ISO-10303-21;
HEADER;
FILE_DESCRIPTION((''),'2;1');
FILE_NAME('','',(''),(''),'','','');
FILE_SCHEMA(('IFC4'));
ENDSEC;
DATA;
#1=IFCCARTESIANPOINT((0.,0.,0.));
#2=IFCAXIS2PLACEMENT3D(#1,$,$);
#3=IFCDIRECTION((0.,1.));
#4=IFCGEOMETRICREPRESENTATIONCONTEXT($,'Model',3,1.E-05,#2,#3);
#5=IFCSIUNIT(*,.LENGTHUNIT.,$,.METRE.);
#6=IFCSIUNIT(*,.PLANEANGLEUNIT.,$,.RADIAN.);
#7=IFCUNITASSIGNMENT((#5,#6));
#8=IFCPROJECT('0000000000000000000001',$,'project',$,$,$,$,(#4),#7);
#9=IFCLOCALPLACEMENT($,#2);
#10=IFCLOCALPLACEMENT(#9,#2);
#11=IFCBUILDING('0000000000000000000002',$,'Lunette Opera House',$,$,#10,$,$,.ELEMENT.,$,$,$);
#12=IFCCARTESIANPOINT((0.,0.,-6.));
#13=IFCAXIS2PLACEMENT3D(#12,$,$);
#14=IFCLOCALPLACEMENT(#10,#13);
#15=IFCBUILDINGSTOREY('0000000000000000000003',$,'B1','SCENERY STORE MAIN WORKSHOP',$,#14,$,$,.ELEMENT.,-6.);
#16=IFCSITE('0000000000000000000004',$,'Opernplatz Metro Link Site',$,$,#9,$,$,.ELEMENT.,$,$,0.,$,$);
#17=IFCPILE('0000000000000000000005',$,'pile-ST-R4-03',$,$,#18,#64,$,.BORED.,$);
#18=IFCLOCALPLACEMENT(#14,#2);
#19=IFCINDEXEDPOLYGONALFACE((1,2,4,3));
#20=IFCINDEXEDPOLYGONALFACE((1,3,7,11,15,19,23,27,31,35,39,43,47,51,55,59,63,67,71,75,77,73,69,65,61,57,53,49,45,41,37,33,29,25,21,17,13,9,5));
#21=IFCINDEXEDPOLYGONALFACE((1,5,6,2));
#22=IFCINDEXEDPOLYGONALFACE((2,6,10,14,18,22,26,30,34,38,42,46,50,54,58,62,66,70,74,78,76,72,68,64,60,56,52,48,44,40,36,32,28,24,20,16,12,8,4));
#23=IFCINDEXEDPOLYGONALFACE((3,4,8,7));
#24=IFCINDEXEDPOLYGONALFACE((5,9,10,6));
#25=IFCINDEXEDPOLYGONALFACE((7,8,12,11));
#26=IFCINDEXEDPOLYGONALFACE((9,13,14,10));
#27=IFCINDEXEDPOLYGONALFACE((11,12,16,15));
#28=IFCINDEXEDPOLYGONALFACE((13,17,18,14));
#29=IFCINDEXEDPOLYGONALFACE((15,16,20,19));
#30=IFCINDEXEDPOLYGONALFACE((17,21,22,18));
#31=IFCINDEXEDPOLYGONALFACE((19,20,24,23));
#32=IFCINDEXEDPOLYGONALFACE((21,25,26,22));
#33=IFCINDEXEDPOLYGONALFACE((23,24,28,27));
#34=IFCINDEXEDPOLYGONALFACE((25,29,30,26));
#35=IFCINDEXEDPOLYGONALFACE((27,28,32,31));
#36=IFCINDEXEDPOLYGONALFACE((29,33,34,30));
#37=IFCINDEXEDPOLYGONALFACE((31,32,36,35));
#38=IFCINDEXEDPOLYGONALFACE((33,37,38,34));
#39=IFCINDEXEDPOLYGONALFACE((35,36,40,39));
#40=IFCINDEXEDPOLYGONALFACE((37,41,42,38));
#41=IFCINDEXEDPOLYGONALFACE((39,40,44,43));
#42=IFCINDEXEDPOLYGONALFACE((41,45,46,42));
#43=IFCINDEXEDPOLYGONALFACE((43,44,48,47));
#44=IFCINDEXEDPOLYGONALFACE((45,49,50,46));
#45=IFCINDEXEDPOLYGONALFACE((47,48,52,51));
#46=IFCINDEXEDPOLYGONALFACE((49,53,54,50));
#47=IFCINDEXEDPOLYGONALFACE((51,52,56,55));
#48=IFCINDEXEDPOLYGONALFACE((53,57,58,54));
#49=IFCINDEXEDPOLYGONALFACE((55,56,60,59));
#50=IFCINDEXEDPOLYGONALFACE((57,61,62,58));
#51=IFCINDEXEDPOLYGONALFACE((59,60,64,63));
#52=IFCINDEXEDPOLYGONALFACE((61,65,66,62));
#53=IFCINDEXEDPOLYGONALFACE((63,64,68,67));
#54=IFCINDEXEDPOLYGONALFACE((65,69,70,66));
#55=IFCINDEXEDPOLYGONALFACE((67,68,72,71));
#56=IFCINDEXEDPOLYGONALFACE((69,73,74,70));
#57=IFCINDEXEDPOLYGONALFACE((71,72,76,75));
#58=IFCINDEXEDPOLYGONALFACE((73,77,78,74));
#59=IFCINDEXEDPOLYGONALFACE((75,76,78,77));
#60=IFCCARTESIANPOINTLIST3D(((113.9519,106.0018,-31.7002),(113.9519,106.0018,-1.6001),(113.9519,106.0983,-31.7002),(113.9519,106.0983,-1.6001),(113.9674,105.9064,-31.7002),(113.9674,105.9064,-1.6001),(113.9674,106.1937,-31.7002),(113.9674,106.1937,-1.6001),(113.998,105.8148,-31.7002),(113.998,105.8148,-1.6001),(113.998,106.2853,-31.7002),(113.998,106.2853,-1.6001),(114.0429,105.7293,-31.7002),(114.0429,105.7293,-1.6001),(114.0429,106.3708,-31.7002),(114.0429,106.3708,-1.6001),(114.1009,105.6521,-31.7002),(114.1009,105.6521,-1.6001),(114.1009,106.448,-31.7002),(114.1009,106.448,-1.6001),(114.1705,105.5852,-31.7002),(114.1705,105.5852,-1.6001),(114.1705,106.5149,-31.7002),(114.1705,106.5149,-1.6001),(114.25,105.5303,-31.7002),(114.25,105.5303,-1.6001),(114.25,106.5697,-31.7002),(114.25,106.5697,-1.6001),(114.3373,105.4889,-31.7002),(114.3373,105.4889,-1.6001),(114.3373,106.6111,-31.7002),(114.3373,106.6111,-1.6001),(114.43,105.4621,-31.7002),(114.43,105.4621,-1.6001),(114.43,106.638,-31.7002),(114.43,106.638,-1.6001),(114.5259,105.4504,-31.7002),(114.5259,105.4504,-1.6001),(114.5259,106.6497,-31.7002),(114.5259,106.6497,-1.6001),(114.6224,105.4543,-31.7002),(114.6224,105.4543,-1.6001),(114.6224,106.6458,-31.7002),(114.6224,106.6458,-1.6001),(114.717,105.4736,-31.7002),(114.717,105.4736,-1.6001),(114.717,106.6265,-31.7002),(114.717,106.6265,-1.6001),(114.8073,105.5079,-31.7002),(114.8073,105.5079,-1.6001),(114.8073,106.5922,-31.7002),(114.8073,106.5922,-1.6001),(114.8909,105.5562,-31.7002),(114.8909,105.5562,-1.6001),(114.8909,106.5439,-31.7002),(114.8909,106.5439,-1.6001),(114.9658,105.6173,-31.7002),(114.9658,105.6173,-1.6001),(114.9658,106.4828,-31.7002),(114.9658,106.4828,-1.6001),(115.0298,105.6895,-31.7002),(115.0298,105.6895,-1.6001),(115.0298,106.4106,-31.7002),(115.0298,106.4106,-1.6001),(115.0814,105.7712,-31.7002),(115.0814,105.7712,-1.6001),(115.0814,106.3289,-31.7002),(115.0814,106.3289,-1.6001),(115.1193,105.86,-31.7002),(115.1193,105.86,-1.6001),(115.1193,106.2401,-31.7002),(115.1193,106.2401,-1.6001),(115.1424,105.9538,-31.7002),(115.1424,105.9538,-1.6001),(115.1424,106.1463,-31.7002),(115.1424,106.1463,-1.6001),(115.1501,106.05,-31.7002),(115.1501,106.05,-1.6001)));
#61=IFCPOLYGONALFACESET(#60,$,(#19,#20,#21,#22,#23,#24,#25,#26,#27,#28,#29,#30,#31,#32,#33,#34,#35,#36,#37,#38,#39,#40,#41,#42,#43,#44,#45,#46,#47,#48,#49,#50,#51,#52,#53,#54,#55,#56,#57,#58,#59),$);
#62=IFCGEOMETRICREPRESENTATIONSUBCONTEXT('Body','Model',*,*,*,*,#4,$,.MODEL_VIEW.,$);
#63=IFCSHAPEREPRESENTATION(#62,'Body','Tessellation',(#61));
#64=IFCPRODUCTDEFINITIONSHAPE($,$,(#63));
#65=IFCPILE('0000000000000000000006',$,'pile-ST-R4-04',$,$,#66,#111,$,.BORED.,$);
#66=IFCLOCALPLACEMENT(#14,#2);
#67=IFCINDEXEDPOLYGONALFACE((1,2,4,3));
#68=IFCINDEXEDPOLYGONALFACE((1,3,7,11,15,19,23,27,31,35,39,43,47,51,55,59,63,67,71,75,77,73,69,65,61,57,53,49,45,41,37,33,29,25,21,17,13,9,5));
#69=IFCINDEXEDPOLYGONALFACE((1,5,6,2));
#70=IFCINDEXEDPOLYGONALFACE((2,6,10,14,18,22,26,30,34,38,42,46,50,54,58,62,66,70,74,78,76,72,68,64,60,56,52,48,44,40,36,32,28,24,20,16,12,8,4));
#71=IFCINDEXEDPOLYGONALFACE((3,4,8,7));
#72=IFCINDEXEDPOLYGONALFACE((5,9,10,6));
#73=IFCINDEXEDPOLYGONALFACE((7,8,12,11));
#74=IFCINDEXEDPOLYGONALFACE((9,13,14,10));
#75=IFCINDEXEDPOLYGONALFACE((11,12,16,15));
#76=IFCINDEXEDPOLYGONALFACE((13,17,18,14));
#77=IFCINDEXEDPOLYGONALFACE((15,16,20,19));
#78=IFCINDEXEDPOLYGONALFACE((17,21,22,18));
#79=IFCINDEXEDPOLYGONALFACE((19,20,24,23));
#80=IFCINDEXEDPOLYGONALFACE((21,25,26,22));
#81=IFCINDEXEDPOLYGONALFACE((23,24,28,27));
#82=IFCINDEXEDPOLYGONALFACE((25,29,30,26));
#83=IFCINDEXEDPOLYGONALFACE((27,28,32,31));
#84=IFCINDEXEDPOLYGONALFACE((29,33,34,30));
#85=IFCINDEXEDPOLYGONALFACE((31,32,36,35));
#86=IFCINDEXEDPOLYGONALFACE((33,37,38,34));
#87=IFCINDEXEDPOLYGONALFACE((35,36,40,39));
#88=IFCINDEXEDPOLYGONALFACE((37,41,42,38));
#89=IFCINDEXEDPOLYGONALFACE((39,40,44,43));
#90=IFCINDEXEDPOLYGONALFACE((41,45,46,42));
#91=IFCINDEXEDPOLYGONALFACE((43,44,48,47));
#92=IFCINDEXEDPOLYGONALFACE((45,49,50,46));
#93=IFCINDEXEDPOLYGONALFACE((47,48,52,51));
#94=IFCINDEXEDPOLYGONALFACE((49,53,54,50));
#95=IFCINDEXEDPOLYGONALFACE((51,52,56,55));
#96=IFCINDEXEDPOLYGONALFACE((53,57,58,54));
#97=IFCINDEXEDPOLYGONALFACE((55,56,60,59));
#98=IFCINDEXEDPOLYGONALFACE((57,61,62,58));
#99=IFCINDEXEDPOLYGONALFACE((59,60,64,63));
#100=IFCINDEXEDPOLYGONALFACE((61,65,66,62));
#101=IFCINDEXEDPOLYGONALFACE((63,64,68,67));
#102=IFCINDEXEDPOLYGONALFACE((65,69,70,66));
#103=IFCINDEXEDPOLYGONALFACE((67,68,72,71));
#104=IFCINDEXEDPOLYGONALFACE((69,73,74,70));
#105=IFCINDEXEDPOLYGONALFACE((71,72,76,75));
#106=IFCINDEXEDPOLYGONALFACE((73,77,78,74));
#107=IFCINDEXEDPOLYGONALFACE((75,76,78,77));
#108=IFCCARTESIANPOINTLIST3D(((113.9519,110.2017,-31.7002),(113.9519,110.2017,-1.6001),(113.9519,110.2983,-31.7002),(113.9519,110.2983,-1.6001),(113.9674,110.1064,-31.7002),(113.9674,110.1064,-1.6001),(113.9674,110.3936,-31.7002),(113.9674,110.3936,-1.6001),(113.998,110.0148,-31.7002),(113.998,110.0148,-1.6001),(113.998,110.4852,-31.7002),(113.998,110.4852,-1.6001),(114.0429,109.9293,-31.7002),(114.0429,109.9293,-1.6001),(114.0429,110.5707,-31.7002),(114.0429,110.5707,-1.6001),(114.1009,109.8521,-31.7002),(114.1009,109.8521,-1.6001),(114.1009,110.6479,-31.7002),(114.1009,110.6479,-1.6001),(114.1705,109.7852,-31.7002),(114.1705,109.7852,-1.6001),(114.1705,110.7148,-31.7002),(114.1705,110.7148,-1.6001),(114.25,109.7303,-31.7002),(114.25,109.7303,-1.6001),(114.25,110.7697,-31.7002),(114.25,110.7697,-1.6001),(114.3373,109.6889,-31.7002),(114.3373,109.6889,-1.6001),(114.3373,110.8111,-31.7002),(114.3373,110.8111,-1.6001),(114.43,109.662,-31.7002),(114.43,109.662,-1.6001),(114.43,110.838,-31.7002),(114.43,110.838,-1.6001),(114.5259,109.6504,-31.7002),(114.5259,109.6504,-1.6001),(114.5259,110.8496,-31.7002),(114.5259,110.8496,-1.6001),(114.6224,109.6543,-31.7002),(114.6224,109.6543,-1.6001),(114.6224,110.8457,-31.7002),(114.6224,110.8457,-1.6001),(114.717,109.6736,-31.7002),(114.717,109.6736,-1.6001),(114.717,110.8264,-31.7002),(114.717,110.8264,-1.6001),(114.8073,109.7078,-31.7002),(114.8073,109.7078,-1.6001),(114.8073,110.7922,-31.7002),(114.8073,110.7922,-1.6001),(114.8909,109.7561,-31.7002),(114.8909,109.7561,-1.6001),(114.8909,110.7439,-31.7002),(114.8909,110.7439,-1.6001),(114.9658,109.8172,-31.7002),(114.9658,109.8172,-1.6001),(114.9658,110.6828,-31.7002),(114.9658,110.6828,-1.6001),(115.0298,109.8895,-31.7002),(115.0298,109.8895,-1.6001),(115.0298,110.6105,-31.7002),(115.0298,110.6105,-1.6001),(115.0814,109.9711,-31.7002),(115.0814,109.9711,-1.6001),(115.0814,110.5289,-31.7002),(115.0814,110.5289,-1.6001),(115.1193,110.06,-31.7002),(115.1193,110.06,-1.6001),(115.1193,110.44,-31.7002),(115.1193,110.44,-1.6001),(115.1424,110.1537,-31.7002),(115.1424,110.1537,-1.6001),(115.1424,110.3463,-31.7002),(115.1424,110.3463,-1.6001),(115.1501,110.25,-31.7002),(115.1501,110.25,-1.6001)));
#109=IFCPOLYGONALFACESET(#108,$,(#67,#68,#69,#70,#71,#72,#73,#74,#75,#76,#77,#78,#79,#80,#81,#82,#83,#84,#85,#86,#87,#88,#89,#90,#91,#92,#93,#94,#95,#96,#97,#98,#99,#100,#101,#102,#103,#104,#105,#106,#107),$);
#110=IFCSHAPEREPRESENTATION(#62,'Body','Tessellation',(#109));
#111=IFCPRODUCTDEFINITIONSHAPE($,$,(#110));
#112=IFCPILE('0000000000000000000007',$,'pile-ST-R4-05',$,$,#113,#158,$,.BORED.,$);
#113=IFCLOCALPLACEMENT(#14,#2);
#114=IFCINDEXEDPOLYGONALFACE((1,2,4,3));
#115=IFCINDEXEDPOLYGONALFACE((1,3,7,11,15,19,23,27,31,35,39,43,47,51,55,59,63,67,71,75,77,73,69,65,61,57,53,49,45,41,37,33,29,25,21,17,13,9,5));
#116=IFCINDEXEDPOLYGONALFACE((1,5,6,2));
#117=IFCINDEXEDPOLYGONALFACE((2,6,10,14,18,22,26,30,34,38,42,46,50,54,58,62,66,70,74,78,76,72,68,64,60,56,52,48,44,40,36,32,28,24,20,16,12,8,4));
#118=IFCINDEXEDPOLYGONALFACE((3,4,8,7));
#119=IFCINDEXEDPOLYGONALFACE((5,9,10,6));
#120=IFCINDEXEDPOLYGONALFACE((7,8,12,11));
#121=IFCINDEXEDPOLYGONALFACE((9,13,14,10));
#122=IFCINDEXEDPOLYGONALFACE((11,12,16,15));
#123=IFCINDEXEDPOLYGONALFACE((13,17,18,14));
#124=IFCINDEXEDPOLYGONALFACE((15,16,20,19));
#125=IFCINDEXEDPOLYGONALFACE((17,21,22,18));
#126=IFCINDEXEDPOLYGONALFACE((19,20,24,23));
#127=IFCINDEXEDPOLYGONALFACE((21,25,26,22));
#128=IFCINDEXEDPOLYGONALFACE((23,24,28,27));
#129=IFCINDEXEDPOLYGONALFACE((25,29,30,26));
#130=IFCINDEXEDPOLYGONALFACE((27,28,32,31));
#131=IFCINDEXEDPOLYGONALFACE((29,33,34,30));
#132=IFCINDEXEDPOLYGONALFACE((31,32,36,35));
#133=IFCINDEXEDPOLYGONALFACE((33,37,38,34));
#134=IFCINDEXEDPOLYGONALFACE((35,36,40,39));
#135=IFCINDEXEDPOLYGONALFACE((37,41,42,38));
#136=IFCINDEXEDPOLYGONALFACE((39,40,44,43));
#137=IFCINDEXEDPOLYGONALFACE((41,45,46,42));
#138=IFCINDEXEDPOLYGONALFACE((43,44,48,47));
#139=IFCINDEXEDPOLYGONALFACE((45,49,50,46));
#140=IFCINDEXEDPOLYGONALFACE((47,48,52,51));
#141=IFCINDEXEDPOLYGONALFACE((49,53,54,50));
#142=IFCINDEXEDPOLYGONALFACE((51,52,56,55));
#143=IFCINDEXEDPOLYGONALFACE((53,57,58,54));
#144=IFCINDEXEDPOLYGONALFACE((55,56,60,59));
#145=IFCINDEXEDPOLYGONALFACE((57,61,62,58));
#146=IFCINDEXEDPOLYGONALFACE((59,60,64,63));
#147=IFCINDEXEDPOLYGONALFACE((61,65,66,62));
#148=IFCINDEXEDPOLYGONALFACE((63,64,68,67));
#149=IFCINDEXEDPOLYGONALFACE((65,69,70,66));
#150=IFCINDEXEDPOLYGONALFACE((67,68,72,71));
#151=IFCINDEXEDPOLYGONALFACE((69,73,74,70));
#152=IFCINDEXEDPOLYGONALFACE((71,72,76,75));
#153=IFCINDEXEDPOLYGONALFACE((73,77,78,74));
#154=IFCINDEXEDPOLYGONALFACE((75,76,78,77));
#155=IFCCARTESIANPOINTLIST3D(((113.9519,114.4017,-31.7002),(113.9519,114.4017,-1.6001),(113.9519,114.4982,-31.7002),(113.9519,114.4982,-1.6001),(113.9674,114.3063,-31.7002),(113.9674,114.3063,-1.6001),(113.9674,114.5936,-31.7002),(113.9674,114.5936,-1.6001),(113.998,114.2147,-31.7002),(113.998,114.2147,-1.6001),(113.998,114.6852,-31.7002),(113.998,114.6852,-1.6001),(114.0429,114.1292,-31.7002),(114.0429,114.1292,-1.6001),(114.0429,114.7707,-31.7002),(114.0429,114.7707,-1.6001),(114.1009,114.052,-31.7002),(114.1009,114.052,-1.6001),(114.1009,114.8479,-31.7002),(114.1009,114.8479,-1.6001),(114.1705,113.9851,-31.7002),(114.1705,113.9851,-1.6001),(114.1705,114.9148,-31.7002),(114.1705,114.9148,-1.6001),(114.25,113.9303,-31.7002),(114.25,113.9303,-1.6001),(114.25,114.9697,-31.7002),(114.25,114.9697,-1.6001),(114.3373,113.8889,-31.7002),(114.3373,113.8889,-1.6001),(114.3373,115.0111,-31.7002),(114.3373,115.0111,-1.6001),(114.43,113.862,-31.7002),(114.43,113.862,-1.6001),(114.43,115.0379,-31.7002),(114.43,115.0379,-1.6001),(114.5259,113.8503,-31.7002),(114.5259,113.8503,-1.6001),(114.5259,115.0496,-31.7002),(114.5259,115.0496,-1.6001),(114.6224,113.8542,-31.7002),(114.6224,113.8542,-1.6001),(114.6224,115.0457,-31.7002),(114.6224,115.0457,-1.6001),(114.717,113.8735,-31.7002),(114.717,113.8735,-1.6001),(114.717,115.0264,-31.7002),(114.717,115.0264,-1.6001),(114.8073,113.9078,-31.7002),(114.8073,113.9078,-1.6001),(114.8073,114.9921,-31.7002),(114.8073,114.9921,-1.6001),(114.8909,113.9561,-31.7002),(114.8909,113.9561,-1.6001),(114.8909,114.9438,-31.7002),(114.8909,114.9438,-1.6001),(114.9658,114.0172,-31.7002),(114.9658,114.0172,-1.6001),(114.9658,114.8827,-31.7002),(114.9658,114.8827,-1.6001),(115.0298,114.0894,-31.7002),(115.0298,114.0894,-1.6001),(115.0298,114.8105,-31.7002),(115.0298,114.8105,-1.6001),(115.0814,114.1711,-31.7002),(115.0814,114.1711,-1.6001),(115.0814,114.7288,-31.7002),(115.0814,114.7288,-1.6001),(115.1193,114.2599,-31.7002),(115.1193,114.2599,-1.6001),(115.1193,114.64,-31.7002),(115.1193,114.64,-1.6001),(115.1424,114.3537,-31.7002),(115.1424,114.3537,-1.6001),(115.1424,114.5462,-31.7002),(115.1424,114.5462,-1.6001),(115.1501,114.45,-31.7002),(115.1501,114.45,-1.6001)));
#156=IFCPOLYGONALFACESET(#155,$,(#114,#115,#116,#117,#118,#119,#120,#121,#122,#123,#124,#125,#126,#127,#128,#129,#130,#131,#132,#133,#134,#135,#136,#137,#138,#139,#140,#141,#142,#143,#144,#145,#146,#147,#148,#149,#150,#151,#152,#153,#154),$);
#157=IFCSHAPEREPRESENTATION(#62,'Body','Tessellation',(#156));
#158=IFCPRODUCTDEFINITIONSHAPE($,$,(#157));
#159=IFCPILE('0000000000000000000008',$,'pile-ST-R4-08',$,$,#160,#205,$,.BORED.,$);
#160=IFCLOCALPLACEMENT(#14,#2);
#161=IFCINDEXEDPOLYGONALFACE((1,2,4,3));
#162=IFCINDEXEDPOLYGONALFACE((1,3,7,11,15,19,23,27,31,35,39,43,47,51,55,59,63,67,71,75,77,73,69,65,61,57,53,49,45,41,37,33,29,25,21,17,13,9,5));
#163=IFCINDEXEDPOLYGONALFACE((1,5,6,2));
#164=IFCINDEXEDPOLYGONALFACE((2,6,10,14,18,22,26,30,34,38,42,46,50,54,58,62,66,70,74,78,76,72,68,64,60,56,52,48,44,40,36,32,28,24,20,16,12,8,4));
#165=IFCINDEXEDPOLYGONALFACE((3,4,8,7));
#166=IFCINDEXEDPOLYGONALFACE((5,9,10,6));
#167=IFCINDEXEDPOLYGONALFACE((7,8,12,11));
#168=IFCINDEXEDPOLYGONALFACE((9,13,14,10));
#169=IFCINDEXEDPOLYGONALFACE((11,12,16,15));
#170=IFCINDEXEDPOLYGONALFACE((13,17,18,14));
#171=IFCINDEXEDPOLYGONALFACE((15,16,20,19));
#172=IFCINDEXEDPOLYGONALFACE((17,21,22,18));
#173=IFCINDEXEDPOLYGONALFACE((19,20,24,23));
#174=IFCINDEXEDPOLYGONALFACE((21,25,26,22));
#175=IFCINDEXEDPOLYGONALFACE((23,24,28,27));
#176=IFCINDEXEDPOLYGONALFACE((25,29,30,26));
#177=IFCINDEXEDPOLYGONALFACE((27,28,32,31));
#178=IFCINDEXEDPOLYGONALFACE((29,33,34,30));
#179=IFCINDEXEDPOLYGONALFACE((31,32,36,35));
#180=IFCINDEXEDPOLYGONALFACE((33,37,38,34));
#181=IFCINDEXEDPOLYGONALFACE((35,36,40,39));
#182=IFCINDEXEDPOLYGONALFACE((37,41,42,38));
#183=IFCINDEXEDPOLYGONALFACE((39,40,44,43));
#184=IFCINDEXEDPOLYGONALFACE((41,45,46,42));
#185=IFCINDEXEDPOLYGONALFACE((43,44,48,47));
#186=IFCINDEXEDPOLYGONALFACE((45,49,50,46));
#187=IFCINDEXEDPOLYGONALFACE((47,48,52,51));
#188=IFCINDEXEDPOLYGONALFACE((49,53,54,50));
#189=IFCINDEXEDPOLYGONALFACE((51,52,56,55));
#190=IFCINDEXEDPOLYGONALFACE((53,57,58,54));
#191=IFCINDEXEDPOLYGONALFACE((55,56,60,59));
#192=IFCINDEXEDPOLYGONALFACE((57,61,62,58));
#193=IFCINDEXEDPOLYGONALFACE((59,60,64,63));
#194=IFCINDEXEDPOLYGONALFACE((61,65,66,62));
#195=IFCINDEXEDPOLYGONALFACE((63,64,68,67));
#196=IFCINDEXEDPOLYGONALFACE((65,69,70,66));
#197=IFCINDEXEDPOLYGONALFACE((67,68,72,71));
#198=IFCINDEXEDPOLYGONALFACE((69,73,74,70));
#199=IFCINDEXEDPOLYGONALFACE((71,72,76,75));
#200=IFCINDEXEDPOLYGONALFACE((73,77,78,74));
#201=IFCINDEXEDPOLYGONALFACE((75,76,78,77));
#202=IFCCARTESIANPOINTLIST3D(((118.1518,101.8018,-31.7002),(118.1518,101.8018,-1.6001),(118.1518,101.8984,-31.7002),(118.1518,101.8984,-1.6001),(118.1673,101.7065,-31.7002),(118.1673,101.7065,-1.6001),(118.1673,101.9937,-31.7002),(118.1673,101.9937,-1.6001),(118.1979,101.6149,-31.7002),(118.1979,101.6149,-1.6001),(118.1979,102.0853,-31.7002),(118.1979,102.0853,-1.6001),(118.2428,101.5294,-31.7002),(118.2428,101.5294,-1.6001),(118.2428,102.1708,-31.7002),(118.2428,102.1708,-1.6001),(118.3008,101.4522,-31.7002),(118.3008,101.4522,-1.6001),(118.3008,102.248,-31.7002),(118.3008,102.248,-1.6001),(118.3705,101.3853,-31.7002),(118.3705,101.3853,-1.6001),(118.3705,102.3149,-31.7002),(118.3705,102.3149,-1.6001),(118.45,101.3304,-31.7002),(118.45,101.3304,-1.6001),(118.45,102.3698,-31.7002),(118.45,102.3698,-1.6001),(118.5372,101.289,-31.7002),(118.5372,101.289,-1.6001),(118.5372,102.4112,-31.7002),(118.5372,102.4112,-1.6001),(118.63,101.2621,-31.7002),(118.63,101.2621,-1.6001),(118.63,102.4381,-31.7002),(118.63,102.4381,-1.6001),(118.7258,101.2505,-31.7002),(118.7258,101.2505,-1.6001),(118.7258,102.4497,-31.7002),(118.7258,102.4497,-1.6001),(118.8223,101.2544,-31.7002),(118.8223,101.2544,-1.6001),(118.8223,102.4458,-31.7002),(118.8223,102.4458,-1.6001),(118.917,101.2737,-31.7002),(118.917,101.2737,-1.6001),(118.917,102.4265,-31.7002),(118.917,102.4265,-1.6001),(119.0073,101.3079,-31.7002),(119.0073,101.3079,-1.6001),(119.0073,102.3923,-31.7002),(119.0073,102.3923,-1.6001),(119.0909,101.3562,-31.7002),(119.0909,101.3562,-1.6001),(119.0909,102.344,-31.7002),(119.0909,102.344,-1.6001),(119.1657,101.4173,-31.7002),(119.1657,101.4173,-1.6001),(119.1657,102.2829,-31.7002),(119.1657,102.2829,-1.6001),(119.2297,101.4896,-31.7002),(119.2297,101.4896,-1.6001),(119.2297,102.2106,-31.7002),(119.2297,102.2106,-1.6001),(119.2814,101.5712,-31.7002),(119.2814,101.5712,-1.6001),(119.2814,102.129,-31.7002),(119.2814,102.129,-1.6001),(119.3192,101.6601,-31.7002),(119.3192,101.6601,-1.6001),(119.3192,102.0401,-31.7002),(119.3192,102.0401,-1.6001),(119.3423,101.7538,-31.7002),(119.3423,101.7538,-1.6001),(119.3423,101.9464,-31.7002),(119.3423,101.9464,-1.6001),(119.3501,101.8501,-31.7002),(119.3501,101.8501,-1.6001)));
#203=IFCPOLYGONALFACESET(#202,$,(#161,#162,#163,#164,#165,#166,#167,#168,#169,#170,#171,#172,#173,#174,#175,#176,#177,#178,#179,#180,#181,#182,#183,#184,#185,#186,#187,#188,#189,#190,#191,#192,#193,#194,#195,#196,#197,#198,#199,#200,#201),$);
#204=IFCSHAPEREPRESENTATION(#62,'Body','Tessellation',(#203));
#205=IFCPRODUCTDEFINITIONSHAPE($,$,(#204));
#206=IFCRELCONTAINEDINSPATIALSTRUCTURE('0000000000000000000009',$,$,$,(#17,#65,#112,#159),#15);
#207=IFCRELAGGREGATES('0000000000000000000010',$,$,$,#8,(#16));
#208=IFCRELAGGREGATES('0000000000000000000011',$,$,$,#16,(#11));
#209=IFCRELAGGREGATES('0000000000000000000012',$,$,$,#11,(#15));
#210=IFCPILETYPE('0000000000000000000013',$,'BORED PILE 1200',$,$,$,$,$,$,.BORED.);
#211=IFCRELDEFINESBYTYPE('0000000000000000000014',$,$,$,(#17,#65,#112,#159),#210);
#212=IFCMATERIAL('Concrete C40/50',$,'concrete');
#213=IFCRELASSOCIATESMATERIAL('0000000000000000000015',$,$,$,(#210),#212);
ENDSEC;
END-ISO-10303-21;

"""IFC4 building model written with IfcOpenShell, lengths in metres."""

from ifc_helpers import new_model, si_unit, direction, frame, origin, origin_2d, place, context, subcontext, project, spatial, circle, extrude, material, material_profile, profile_set, type_object, element, save


model = new_model("IFC4")

# Units and contexts
model_context = context("Model", 3, precision=1e-05, world=origin(), true_north=direction((0.0, 1.0)))
body_context = subcontext(model_context, "Body", "Model", "MODEL_VIEW")
ifc_project = project(units=[si_unit("LENGTHUNIT", "METRE"), si_unit("PLANEANGLEUNIT", "RADIAN")], contexts=[model_context])

# Site, building, storey
site_placement = place(None, origin())
site = spatial("IfcSite", under=ifc_project, at=site_placement, Name="Opernplatz Metro Link Site", CompositionType="ELEMENT", RefElevation=0.0)
building_placement = place(site_placement, origin())
building = spatial("IfcBuilding", under=site, at=building_placement, Name="Lunette Opera House", CompositionType="ELEMENT")
storey_placement = place(building_placement, frame((0.0, 0.0, -6.0)))
storey = spatial("IfcBuildingStorey", under=building, at=storey_placement, Name="B1", Description="SCENERY STORE MAIN WORKSHOP", CompositionType="ELEMENT", Elevation=-6.0)

# Piles
ifc_material_1 = material(Name="Concrete C40/50", Category="concrete")
ifc_material_profile_1 = material_profile(ifc_material_1, circle(Radius=0.6001, at=origin_2d()), Name="BORED PILE 1200")
ifc_profile_set_1 = profile_set([ifc_material_profile_1], Name="Concrete C40/50")
pile_type = type_object("IfcPileType", Name="BORED PILE 1200", PredefinedType="BORED", material=ifc_profile_set_1)
for number, where, z_axis, x_axis, name in (
    (1, (114.55, 106.05, -1.6001), (0.0, 0.0, -1.0), (1.0, 0.0, 0.0), "pile-ST-R4-03"),
    (2, (114.55, 110.25, -1.6001), (0.0, 0.0, -1.0), (1.0, 0.0, 0.0), "pile-ST-R4-04"),
    (3, (114.55, 114.45, -1.6001), (0.0, 0.0, -1.0), (1.0, 0.0, 0.0), "pile-ST-R4-05"),
    (4, (118.75, 101.8501, -1.6001), (0.0, 0.0, -1.0), (1.0, 0.0, 0.0), "pile-ST-R4-08"),
):
    element("IfcPile", number, at=place(storey_placement, frame(where, z_axis=z_axis, x_axis=x_axis)), inside=storey, type_object=pile_type, Name=name, PredefinedType="BORED", context=body_context, shape_type="SweptSolid", body=[
        extrude(circle(Radius=0.6001, at=origin_2d()), origin(), (0.0, 0.0, 1.0), 30.1001),
    ])

save(model, "model.ifc")
